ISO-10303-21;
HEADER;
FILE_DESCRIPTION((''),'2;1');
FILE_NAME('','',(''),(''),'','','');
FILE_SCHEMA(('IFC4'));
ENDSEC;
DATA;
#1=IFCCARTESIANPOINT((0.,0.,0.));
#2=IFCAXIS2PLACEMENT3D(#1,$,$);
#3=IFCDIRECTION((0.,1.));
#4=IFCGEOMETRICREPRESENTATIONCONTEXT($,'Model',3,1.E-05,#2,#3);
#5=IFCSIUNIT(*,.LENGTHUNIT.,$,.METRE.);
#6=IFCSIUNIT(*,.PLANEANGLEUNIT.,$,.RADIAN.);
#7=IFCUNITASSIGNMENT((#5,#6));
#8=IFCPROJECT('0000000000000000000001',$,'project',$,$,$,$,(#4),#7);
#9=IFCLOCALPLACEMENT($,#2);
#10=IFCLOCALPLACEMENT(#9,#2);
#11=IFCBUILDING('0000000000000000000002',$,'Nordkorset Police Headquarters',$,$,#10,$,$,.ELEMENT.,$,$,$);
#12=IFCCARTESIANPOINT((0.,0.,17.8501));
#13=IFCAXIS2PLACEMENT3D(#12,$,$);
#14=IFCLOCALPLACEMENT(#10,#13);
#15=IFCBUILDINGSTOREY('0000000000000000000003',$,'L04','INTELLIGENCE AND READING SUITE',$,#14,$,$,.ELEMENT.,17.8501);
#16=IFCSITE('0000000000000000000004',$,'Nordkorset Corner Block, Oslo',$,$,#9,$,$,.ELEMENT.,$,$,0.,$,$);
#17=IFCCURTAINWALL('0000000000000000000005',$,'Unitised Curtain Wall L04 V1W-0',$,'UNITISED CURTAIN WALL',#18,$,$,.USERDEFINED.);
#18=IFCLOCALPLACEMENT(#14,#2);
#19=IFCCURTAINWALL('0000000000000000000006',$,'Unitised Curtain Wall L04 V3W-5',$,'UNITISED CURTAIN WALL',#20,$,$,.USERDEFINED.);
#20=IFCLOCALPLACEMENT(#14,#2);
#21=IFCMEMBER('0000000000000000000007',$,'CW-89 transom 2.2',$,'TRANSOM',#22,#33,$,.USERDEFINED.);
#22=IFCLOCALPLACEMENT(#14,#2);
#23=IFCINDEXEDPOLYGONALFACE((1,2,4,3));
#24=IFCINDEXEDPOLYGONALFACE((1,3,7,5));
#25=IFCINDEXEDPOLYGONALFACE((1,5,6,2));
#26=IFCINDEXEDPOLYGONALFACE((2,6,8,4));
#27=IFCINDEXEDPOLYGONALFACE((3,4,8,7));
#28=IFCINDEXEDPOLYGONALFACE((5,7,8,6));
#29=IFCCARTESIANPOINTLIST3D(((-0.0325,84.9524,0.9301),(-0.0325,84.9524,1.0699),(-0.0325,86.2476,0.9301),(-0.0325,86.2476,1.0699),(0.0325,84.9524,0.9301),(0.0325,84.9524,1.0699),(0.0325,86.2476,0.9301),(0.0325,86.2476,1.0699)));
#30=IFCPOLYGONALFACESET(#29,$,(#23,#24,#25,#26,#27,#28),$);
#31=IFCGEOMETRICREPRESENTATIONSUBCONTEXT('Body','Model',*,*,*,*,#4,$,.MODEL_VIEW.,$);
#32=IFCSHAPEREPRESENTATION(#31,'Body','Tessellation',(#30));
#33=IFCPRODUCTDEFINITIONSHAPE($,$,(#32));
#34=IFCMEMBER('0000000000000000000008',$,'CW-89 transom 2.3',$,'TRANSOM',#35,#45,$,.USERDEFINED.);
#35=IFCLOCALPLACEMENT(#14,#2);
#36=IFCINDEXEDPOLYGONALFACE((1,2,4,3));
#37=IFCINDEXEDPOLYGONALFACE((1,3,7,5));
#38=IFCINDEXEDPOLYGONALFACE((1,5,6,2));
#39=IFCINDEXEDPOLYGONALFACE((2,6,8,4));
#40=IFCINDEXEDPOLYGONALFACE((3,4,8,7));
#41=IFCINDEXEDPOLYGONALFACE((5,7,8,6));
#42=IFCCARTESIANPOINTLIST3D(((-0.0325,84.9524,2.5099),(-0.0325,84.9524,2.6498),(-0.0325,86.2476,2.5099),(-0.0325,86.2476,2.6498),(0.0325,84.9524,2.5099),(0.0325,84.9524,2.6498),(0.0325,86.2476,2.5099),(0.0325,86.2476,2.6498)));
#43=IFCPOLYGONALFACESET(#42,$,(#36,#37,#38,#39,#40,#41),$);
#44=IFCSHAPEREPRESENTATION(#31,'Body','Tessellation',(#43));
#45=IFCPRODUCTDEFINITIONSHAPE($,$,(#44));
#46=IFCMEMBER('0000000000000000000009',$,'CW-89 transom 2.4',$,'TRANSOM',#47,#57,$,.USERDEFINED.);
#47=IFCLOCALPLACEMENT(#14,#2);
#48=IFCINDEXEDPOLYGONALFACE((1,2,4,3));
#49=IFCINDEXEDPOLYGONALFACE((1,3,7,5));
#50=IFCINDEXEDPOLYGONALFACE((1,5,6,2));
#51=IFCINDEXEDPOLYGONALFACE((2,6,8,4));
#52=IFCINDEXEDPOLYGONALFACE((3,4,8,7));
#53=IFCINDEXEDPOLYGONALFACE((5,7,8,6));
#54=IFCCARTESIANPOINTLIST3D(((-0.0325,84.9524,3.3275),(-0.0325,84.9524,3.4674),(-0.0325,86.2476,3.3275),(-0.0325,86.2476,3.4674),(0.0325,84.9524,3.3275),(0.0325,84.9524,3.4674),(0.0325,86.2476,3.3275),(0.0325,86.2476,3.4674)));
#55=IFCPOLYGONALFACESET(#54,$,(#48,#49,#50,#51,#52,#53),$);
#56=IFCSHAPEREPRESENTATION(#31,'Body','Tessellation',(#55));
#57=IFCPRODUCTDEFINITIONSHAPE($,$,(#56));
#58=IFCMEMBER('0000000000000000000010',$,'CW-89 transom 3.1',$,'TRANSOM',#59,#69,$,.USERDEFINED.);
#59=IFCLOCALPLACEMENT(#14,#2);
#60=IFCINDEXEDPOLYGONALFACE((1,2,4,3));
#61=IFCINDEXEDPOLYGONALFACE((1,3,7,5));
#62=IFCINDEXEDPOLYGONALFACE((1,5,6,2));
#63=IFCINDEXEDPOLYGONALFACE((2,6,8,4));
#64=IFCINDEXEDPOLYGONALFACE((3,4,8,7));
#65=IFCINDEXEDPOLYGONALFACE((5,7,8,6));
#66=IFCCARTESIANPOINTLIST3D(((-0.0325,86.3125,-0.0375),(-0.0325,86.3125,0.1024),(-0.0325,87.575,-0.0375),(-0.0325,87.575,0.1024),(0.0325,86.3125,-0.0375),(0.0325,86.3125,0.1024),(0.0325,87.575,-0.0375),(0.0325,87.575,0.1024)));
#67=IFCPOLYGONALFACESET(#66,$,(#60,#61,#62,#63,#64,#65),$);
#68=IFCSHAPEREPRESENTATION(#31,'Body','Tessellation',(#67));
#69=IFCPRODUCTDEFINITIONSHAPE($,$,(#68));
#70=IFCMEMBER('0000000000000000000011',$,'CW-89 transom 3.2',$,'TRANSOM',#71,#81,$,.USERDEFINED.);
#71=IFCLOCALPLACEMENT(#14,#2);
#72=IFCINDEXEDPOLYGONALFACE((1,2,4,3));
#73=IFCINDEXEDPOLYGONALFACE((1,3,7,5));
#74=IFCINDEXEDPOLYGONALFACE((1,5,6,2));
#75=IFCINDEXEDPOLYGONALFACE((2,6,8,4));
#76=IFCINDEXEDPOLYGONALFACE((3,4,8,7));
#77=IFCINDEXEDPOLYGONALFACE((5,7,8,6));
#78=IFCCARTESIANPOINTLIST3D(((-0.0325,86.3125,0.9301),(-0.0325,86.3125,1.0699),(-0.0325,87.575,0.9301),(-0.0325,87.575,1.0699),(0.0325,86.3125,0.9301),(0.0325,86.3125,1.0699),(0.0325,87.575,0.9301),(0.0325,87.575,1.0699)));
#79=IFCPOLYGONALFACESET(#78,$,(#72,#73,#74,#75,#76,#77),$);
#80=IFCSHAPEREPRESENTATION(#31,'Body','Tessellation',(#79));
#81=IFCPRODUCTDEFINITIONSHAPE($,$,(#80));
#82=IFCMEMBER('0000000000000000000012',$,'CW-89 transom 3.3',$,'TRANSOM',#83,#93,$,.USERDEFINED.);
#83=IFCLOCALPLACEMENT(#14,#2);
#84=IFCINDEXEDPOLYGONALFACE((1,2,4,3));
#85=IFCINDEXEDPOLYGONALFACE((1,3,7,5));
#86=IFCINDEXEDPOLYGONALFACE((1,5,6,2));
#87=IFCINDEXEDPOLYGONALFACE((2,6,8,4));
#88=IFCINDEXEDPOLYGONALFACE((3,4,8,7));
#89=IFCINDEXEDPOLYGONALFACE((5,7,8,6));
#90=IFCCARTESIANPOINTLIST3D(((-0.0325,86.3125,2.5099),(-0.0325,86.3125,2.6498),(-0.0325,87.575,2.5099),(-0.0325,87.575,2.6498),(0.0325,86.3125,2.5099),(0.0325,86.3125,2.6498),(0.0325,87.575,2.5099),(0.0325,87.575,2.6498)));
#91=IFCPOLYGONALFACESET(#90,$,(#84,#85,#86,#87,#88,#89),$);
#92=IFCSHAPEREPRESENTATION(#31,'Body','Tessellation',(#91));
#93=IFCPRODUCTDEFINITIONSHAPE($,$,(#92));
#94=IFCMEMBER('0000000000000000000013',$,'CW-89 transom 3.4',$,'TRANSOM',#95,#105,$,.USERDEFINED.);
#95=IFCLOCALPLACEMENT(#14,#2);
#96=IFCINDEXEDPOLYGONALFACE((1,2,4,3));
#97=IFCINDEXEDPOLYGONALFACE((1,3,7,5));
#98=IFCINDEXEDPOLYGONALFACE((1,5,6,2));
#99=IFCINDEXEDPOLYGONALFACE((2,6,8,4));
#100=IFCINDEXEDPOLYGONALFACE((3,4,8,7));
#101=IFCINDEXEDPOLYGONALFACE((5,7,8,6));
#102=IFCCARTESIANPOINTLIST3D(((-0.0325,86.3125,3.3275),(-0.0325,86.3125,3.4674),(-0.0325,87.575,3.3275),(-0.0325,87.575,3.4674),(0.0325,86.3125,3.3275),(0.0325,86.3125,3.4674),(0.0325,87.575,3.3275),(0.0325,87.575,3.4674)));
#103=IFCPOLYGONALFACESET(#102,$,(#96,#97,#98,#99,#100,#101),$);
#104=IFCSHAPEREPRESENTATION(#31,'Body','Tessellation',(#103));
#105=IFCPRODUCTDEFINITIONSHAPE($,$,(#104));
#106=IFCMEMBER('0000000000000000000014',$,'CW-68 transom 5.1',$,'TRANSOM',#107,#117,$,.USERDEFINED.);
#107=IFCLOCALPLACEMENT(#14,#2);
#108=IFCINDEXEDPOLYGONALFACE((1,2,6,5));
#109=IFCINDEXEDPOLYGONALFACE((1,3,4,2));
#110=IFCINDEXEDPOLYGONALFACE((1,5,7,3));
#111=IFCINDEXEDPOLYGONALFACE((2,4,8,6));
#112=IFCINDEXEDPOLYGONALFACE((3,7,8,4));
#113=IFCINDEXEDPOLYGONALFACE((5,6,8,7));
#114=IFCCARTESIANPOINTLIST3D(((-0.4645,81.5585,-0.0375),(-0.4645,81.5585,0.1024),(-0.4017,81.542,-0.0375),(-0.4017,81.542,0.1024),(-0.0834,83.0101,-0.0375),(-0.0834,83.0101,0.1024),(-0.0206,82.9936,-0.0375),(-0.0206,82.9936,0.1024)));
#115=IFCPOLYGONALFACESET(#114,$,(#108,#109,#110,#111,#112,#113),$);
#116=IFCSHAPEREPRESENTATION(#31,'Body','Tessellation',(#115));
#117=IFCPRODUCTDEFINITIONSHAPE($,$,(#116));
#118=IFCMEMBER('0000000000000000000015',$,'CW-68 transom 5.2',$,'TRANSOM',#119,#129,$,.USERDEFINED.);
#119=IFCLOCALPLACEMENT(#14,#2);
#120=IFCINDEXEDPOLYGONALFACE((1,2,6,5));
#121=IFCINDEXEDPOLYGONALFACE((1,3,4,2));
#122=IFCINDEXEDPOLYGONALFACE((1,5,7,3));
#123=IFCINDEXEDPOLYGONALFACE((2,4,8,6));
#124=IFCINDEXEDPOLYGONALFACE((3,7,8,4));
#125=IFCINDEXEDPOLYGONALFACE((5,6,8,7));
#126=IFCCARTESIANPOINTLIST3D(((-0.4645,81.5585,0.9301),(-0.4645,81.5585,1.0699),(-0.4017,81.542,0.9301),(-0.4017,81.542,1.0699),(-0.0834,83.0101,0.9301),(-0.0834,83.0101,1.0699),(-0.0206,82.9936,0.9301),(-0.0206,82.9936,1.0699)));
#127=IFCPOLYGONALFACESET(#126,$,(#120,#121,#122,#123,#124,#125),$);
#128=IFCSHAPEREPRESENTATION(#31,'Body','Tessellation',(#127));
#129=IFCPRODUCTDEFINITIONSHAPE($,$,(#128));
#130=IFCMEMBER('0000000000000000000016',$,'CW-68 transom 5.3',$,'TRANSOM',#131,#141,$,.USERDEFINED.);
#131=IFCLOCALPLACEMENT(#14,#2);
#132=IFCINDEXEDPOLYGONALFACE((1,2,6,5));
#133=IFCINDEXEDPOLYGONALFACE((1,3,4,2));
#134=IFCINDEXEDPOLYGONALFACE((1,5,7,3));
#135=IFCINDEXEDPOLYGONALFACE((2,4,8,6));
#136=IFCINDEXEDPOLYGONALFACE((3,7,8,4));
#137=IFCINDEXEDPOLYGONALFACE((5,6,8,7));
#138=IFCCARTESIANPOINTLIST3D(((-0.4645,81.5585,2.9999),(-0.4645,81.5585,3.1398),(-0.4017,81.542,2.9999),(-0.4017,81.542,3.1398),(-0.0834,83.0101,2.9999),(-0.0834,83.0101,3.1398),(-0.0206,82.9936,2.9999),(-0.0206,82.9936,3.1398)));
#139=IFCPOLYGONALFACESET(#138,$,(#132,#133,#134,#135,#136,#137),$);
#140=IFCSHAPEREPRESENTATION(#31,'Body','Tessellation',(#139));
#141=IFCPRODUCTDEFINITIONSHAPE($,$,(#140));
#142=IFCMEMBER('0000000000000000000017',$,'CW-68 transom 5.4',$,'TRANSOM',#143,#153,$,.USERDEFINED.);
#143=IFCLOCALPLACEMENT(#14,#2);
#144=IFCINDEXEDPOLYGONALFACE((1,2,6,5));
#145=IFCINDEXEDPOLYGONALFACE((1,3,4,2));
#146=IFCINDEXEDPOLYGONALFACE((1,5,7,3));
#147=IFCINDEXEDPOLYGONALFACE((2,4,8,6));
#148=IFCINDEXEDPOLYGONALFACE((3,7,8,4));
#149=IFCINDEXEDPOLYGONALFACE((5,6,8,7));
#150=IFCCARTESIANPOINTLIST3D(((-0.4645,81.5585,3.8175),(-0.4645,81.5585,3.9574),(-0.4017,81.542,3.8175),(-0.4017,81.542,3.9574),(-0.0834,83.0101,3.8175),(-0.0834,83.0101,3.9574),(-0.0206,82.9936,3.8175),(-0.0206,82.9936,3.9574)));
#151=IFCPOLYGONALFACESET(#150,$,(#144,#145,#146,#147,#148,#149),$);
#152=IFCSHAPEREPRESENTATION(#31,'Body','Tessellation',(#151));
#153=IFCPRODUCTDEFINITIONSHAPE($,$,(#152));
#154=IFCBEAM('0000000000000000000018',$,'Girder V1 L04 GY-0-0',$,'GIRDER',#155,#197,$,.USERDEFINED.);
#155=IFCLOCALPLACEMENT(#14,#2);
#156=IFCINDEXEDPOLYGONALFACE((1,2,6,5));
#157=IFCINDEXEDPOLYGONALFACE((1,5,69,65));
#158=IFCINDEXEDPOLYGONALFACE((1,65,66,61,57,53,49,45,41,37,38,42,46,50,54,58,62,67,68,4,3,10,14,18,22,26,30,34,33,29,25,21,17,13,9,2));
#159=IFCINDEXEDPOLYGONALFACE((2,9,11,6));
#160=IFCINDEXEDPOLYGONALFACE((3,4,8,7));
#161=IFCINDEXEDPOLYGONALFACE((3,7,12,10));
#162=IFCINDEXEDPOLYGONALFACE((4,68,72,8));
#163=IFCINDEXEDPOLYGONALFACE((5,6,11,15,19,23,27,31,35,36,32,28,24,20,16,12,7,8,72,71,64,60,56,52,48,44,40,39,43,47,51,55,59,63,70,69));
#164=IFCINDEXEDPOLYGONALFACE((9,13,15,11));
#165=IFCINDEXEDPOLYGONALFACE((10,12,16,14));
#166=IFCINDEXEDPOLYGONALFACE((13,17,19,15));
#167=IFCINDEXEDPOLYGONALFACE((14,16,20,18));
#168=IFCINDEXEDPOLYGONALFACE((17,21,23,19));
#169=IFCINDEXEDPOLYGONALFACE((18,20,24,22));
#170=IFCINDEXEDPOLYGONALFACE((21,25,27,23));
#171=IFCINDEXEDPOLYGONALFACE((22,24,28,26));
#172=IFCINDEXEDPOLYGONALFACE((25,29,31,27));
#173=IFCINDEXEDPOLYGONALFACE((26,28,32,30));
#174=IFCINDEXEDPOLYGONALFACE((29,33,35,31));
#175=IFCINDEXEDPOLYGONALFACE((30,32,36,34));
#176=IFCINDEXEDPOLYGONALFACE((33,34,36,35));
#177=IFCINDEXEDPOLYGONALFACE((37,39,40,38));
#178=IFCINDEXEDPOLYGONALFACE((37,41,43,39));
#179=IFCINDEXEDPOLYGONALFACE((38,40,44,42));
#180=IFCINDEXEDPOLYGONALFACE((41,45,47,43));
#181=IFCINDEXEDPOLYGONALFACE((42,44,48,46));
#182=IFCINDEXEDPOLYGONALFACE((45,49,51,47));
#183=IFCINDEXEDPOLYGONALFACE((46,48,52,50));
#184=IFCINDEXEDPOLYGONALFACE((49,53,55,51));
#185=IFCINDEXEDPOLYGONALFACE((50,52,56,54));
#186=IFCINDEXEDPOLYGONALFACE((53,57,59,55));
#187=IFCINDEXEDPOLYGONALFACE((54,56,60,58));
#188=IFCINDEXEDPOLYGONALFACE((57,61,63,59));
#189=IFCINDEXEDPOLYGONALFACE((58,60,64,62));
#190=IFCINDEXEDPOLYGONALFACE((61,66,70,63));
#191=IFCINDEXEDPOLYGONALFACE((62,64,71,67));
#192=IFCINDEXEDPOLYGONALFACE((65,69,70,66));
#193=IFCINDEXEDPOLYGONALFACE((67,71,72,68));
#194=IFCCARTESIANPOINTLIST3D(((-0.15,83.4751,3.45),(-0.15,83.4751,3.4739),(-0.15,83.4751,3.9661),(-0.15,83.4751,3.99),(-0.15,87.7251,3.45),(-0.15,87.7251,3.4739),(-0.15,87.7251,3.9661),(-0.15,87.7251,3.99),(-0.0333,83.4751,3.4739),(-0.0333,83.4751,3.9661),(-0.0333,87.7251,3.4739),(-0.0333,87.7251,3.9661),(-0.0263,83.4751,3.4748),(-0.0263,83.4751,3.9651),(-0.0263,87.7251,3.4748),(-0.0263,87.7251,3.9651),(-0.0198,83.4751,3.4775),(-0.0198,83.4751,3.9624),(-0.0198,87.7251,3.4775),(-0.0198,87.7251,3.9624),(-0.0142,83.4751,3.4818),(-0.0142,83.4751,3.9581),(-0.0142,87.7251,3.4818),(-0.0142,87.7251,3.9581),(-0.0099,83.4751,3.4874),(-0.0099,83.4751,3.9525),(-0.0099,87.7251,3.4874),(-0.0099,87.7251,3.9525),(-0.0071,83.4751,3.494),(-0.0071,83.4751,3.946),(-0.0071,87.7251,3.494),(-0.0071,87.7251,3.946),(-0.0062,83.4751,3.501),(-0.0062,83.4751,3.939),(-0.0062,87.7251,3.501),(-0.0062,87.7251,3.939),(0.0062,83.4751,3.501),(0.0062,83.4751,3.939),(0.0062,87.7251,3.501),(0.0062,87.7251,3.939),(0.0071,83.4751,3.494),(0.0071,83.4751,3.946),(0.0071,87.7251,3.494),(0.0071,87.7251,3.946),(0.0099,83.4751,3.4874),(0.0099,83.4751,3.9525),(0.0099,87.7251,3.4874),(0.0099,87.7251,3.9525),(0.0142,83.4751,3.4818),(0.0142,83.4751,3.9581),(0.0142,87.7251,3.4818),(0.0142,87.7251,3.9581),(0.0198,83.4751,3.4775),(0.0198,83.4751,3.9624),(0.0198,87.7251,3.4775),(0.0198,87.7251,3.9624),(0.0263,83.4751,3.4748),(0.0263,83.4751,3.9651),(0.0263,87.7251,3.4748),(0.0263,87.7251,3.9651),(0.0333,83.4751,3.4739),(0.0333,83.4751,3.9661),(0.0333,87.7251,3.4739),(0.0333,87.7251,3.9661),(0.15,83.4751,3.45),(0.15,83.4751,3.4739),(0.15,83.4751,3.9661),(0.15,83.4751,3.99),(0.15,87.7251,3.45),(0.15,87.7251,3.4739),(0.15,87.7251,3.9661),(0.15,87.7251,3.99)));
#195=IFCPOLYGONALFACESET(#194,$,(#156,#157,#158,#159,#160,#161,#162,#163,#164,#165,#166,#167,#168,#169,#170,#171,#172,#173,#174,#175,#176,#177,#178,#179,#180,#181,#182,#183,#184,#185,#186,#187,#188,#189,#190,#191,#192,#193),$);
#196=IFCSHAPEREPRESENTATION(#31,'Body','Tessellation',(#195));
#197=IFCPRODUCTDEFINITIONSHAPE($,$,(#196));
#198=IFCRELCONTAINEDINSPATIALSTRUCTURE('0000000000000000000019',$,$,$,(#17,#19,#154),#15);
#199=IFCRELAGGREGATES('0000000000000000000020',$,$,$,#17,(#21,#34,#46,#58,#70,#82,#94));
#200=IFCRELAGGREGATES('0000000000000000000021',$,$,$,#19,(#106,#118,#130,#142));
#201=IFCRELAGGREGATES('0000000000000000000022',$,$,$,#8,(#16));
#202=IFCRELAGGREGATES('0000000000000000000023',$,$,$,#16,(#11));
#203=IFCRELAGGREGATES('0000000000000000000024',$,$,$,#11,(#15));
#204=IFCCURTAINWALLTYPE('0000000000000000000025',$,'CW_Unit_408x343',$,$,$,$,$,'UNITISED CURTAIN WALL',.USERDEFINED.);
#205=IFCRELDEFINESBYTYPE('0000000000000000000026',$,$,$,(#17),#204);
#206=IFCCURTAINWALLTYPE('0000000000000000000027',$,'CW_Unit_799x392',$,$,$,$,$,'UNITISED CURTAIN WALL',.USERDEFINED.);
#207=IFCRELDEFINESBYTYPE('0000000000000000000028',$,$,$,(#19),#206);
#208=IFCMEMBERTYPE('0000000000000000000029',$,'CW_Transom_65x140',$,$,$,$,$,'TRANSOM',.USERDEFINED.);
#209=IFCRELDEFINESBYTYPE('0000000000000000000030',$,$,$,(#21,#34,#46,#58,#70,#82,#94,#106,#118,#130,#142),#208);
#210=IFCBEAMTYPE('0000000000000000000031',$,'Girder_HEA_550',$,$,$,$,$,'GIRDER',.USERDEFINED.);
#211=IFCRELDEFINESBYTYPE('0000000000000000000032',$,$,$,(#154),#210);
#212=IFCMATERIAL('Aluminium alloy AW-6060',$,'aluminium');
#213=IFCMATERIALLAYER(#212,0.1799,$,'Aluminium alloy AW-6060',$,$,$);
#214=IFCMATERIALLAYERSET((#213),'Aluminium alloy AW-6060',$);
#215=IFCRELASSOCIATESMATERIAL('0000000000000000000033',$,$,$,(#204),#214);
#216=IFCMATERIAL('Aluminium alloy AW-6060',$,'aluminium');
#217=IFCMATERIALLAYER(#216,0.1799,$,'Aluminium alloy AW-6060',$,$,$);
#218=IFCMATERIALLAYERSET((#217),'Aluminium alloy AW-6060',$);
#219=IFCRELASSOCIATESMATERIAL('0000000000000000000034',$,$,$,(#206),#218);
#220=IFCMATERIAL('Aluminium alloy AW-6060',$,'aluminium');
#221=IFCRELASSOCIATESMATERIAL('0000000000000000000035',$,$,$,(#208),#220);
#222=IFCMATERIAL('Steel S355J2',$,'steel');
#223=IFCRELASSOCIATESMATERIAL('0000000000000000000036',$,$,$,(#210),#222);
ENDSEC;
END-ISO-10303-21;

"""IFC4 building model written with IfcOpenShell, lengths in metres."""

from ifc_helpers import new_model, si_unit, direction, frame, origin, origin_2d, place, context, subcontext, project, spatial, rectangle, i_section, extrude, material, layer, layer_set, material_profile, profile_set, type_object, element, aggregate, save


model = new_model("IFC4")

# Units and contexts
model_context = context("Model", 3, precision=1e-05, world=origin(), true_north=direction((0.0, 1.0)))
body_context = subcontext(model_context, "Body", "Model", "MODEL_VIEW")
ifc_project = project(units=[si_unit("LENGTHUNIT", "METRE"), si_unit("PLANEANGLEUNIT", "RADIAN")], contexts=[model_context])

# Site, building, storey
site_placement = place(None, origin())
site = spatial("IfcSite", under=ifc_project, at=site_placement, Name="Nordkorset Corner Block, Oslo", CompositionType="ELEMENT", RefElevation=0.0)
building_placement = place(site_placement, origin())
building = spatial("IfcBuilding", under=site, at=building_placement, Name="Nordkorset Police Headquarters", CompositionType="ELEMENT")
storey_placement = place(building_placement, frame((0.0, 0.0, 17.8501)))
storey = spatial("IfcBuildingStorey", under=building, at=storey_placement, Name="L04", Description="INTELLIGENCE AND READING SUITE", CompositionType="ELEMENT", Elevation=17.8501)

# Curtain walls
ifc_material_1 = material(Name="Aluminium alloy AW-6060", Category="aluminium")
ifc_layer_1 = layer(ifc_material_1, 0.1799, Name="Aluminium alloy AW-6060")
ifc_layer_set_1 = layer_set([ifc_layer_1], Name="Aluminium alloy AW-6060")
curtain_wall_type_1 = type_object("IfcCurtainWallType", Name="CW_Unit_408x343", ElementType="UNITISED CURTAIN WALL", PredefinedType="USERDEFINED", material=ifc_layer_set_1)
curtain_wall_1_placement = place(storey_placement, origin())
curtain_wall_1 = element("IfcCurtainWall", 1, at=curtain_wall_1_placement, inside=storey, type_object=curtain_wall_type_1, Name="Unitised Curtain Wall L04 V1W-0", ObjectType="UNITISED CURTAIN WALL", PredefinedType="USERDEFINED")
ifc_material_2 = material(Name="Aluminium alloy AW-6060", Category="aluminium")
ifc_layer_2 = layer(ifc_material_2, 0.1799, Name="Aluminium alloy AW-6060")
ifc_layer_set_2 = layer_set([ifc_layer_2], Name="Aluminium alloy AW-6060")
curtain_wall_type_2 = type_object("IfcCurtainWallType", Name="CW_Unit_799x392", ElementType="UNITISED CURTAIN WALL", PredefinedType="USERDEFINED", material=ifc_layer_set_2)
curtain_wall_2_placement = place(storey_placement, origin())
curtain_wall_2 = element("IfcCurtainWall", 2, at=curtain_wall_2_placement, inside=storey, type_object=curtain_wall_type_2, Name="Unitised Curtain Wall L04 V3W-5", ObjectType="UNITISED CURTAIN WALL", PredefinedType="USERDEFINED")

# Members
ifc_material_3 = material(Name="Aluminium alloy AW-6060", Category="aluminium")
ifc_material_profile_1 = material_profile(ifc_material_3, rectangle(XDim=0.0649, YDim=0.1399, at=origin_2d()), Name="ALU TRAN 65x140")
ifc_profile_set_1 = profile_set([ifc_material_profile_1], Name="Aluminium alloy AW-6060")
member_type_1 = type_object("IfcMemberType", Name="CW_Transom_65x140", ElementType="TRANSOM", PredefinedType="USERDEFINED", material=ifc_profile_set_1)
member_1_placement = place(storey_placement, frame((0.0, 84.9524, 1.0), z_axis=(0.0, 1.0, 0.0), x_axis=(-1.0, 0.0, 0.0)))
member_1 = element("IfcMember", 3, at=member_1_placement, type_object=member_type_1, Name="CW-89 transom 2.2", ObjectType="TRANSOM", PredefinedType="USERDEFINED", context=body_context, shape_type="SweptSolid", body=[
    extrude(rectangle(XDim=0.0649, YDim=0.1399, at=origin_2d()), origin(), (0.0, 0.0, 1.0), 1.2952),
])
member_2_placement = place(storey_placement, frame((0.0, 84.9524, 2.5798), z_axis=(0.0, 1.0, 0.0), x_axis=(-1.0, 0.0, 0.0)))
member_2 = element("IfcMember", 4, at=member_2_placement, type_object=member_type_1, Name="CW-89 transom 2.3", ObjectType="TRANSOM", PredefinedType="USERDEFINED", context=body_context, shape_type="SweptSolid", body=[
    extrude(rectangle(XDim=0.0649, YDim=0.1399, at=origin_2d()), origin(), (0.0, 0.0, 1.0), 1.2952),
])
member_3_placement = place(storey_placement, frame((0.0, 84.9524, 3.3975), z_axis=(0.0, 1.0, 0.0), x_axis=(-1.0, 0.0, 0.0)))
member_3 = element("IfcMember", 5, at=member_3_placement, type_object=member_type_1, Name="CW-89 transom 2.4", ObjectType="TRANSOM", PredefinedType="USERDEFINED", context=body_context, shape_type="SweptSolid", body=[
    extrude(rectangle(XDim=0.0649, YDim=0.1399, at=origin_2d()), origin(), (0.0, 0.0, 1.0), 1.2952),
])
member_4_placement = place(storey_placement, frame((0.0, 86.3125, 0.0325), z_axis=(0.0, 1.0, 0.0), x_axis=(-1.0, 0.0, 0.0)))
member_4 = element("IfcMember", 6, at=member_4_placement, type_object=member_type_1, Name="CW-89 transom 3.1", ObjectType="TRANSOM", PredefinedType="USERDEFINED", context=body_context, shape_type="SweptSolid", body=[
    extrude(rectangle(XDim=0.0649, YDim=0.1399, at=origin_2d()), origin(), (0.0, 0.0, 1.0), 1.2625),
])
member_5_placement = place(storey_placement, frame((0.0, 86.3125, 1.0), z_axis=(0.0, 1.0, 0.0), x_axis=(-1.0, 0.0, 0.0)))
member_5 = element("IfcMember", 7, at=member_5_placement, type_object=member_type_1, Name="CW-89 transom 3.2", ObjectType="TRANSOM", PredefinedType="USERDEFINED", context=body_context, shape_type="SweptSolid", body=[
    extrude(rectangle(XDim=0.0649, YDim=0.1399, at=origin_2d()), origin(), (0.0, 0.0, 1.0), 1.2625),
])
member_6_placement = place(storey_placement, frame((0.0, 86.3125, 2.5798), z_axis=(0.0, 1.0, 0.0), x_axis=(-1.0, 0.0, 0.0)))
member_6 = element("IfcMember", 8, at=member_6_placement, type_object=member_type_1, Name="CW-89 transom 3.3", ObjectType="TRANSOM", PredefinedType="USERDEFINED", context=body_context, shape_type="SweptSolid", body=[
    extrude(rectangle(XDim=0.0649, YDim=0.1399, at=origin_2d()), origin(), (0.0, 0.0, 1.0), 1.2625),
])
member_7_placement = place(storey_placement, frame((0.0, 86.3125, 3.3975), z_axis=(0.0, 1.0, 0.0), x_axis=(-1.0, 0.0, 0.0)))
member_7 = element("IfcMember", 9, at=member_7_placement, type_object=member_type_1, Name="CW-89 transom 3.4", ObjectType="TRANSOM", PredefinedType="USERDEFINED", context=body_context, shape_type="SweptSolid", body=[
    extrude(rectangle(XDim=0.0649, YDim=0.1399, at=origin_2d()), origin(), (0.0, 0.0, 1.0), 1.2625),
])
member_8_placement = place(storey_placement, frame((-0.4331, 81.5503, 0.0325), z_axis=(0.253965, 0.967213, 0.0), x_axis=(-0.967213, 0.253965, 0.0)))
member_8 = element("IfcMember", 10, at=member_8_placement, type_object=member_type_1, Name="CW-68 transom 5.1", ObjectType="TRANSOM", PredefinedType="USERDEFINED", context=body_context, shape_type="SweptSolid", body=[
    extrude(rectangle(XDim=0.0649, YDim=0.1399, at=origin_2d()), origin(), (0.0, 0.0, 1.0), 1.5007),
])
member_9_placement = place(storey_placement, frame((-0.4331, 81.5503, 1.0), z_axis=(0.253965, 0.967213, 0.0), x_axis=(-0.967213, 0.253965, 0.0)))
member_9 = element("IfcMember", 11, at=member_9_placement, type_object=member_type_1, Name="CW-68 transom 5.2", ObjectType="TRANSOM", PredefinedType="USERDEFINED", context=body_context, shape_type="SweptSolid", body=[
    extrude(rectangle(XDim=0.0649, YDim=0.1399, at=origin_2d()), origin(), (0.0, 0.0, 1.0), 1.5007),
])
member_10_placement = place(storey_placement, frame((-0.4331, 81.5503, 3.0698), z_axis=(0.253965, 0.967213, 0.0), x_axis=(-0.967213, 0.253965, 0.0)))
member_10 = element("IfcMember", 12, at=member_10_placement, type_object=member_type_1, Name="CW-68 transom 5.3", ObjectType="TRANSOM", PredefinedType="USERDEFINED", context=body_context, shape_type="SweptSolid", body=[
    extrude(rectangle(XDim=0.0649, YDim=0.1399, at=origin_2d()), origin(), (0.0, 0.0, 1.0), 1.5007),
])
member_11_placement = place(storey_placement, frame((-0.4331, 81.5503, 3.8875), z_axis=(0.253965, 0.967213, 0.0), x_axis=(-0.967213, 0.253965, 0.0)))
member_11 = element("IfcMember", 13, at=member_11_placement, type_object=member_type_1, Name="CW-68 transom 5.4", ObjectType="TRANSOM", PredefinedType="USERDEFINED", context=body_context, shape_type="SweptSolid", body=[
    extrude(rectangle(XDim=0.0649, YDim=0.1399, at=origin_2d()), origin(), (0.0, 0.0, 1.0), 1.5007),
])

# Beam
ifc_material_4 = material(Name="Steel S355J2", Category="steel")
ifc_material_profile_2 = material_profile(ifc_material_4, i_section(OverallWidth=0.3, OverallDepth=0.54, WebThickness=0.0125, FlangeThickness=0.0239, FilletRadius=0.0271, at=origin_2d()), Name="HEA 550")
ifc_profile_set_2 = profile_set([ifc_material_profile_2], Name="Steel S355J2")
beam_type = type_object("IfcBeamType", Name="Girder_HEA_550", ElementType="GIRDER", PredefinedType="USERDEFINED", material=ifc_profile_set_2)
beam_placement = place(storey_placement, frame((0.0, 83.4751, 3.72), z_axis=(0.0, 1.0, 0.0), x_axis=(-1.0, 0.0, 0.0)))
element("IfcBeam", 14, at=beam_placement, inside=storey, type_object=beam_type, Name="Girder V1 L04 GY-0-0", ObjectType="GIRDER", PredefinedType="USERDEFINED", context=body_context, shape_type="SweptSolid", body=[
    extrude(i_section(OverallWidth=0.3, OverallDepth=0.54, WebThickness=0.0125, FlangeThickness=0.0239, FilletRadius=0.0271, at=origin_2d()), origin(), (0.0, 0.0, 1.0), 4.25),
])

aggregate(curtain_wall_1, [member_1, member_2, member_3, member_4, member_5, member_6, member_7])
aggregate(curtain_wall_2, [member_8, member_9, member_10, member_11])

save(model, "model.ifc")
